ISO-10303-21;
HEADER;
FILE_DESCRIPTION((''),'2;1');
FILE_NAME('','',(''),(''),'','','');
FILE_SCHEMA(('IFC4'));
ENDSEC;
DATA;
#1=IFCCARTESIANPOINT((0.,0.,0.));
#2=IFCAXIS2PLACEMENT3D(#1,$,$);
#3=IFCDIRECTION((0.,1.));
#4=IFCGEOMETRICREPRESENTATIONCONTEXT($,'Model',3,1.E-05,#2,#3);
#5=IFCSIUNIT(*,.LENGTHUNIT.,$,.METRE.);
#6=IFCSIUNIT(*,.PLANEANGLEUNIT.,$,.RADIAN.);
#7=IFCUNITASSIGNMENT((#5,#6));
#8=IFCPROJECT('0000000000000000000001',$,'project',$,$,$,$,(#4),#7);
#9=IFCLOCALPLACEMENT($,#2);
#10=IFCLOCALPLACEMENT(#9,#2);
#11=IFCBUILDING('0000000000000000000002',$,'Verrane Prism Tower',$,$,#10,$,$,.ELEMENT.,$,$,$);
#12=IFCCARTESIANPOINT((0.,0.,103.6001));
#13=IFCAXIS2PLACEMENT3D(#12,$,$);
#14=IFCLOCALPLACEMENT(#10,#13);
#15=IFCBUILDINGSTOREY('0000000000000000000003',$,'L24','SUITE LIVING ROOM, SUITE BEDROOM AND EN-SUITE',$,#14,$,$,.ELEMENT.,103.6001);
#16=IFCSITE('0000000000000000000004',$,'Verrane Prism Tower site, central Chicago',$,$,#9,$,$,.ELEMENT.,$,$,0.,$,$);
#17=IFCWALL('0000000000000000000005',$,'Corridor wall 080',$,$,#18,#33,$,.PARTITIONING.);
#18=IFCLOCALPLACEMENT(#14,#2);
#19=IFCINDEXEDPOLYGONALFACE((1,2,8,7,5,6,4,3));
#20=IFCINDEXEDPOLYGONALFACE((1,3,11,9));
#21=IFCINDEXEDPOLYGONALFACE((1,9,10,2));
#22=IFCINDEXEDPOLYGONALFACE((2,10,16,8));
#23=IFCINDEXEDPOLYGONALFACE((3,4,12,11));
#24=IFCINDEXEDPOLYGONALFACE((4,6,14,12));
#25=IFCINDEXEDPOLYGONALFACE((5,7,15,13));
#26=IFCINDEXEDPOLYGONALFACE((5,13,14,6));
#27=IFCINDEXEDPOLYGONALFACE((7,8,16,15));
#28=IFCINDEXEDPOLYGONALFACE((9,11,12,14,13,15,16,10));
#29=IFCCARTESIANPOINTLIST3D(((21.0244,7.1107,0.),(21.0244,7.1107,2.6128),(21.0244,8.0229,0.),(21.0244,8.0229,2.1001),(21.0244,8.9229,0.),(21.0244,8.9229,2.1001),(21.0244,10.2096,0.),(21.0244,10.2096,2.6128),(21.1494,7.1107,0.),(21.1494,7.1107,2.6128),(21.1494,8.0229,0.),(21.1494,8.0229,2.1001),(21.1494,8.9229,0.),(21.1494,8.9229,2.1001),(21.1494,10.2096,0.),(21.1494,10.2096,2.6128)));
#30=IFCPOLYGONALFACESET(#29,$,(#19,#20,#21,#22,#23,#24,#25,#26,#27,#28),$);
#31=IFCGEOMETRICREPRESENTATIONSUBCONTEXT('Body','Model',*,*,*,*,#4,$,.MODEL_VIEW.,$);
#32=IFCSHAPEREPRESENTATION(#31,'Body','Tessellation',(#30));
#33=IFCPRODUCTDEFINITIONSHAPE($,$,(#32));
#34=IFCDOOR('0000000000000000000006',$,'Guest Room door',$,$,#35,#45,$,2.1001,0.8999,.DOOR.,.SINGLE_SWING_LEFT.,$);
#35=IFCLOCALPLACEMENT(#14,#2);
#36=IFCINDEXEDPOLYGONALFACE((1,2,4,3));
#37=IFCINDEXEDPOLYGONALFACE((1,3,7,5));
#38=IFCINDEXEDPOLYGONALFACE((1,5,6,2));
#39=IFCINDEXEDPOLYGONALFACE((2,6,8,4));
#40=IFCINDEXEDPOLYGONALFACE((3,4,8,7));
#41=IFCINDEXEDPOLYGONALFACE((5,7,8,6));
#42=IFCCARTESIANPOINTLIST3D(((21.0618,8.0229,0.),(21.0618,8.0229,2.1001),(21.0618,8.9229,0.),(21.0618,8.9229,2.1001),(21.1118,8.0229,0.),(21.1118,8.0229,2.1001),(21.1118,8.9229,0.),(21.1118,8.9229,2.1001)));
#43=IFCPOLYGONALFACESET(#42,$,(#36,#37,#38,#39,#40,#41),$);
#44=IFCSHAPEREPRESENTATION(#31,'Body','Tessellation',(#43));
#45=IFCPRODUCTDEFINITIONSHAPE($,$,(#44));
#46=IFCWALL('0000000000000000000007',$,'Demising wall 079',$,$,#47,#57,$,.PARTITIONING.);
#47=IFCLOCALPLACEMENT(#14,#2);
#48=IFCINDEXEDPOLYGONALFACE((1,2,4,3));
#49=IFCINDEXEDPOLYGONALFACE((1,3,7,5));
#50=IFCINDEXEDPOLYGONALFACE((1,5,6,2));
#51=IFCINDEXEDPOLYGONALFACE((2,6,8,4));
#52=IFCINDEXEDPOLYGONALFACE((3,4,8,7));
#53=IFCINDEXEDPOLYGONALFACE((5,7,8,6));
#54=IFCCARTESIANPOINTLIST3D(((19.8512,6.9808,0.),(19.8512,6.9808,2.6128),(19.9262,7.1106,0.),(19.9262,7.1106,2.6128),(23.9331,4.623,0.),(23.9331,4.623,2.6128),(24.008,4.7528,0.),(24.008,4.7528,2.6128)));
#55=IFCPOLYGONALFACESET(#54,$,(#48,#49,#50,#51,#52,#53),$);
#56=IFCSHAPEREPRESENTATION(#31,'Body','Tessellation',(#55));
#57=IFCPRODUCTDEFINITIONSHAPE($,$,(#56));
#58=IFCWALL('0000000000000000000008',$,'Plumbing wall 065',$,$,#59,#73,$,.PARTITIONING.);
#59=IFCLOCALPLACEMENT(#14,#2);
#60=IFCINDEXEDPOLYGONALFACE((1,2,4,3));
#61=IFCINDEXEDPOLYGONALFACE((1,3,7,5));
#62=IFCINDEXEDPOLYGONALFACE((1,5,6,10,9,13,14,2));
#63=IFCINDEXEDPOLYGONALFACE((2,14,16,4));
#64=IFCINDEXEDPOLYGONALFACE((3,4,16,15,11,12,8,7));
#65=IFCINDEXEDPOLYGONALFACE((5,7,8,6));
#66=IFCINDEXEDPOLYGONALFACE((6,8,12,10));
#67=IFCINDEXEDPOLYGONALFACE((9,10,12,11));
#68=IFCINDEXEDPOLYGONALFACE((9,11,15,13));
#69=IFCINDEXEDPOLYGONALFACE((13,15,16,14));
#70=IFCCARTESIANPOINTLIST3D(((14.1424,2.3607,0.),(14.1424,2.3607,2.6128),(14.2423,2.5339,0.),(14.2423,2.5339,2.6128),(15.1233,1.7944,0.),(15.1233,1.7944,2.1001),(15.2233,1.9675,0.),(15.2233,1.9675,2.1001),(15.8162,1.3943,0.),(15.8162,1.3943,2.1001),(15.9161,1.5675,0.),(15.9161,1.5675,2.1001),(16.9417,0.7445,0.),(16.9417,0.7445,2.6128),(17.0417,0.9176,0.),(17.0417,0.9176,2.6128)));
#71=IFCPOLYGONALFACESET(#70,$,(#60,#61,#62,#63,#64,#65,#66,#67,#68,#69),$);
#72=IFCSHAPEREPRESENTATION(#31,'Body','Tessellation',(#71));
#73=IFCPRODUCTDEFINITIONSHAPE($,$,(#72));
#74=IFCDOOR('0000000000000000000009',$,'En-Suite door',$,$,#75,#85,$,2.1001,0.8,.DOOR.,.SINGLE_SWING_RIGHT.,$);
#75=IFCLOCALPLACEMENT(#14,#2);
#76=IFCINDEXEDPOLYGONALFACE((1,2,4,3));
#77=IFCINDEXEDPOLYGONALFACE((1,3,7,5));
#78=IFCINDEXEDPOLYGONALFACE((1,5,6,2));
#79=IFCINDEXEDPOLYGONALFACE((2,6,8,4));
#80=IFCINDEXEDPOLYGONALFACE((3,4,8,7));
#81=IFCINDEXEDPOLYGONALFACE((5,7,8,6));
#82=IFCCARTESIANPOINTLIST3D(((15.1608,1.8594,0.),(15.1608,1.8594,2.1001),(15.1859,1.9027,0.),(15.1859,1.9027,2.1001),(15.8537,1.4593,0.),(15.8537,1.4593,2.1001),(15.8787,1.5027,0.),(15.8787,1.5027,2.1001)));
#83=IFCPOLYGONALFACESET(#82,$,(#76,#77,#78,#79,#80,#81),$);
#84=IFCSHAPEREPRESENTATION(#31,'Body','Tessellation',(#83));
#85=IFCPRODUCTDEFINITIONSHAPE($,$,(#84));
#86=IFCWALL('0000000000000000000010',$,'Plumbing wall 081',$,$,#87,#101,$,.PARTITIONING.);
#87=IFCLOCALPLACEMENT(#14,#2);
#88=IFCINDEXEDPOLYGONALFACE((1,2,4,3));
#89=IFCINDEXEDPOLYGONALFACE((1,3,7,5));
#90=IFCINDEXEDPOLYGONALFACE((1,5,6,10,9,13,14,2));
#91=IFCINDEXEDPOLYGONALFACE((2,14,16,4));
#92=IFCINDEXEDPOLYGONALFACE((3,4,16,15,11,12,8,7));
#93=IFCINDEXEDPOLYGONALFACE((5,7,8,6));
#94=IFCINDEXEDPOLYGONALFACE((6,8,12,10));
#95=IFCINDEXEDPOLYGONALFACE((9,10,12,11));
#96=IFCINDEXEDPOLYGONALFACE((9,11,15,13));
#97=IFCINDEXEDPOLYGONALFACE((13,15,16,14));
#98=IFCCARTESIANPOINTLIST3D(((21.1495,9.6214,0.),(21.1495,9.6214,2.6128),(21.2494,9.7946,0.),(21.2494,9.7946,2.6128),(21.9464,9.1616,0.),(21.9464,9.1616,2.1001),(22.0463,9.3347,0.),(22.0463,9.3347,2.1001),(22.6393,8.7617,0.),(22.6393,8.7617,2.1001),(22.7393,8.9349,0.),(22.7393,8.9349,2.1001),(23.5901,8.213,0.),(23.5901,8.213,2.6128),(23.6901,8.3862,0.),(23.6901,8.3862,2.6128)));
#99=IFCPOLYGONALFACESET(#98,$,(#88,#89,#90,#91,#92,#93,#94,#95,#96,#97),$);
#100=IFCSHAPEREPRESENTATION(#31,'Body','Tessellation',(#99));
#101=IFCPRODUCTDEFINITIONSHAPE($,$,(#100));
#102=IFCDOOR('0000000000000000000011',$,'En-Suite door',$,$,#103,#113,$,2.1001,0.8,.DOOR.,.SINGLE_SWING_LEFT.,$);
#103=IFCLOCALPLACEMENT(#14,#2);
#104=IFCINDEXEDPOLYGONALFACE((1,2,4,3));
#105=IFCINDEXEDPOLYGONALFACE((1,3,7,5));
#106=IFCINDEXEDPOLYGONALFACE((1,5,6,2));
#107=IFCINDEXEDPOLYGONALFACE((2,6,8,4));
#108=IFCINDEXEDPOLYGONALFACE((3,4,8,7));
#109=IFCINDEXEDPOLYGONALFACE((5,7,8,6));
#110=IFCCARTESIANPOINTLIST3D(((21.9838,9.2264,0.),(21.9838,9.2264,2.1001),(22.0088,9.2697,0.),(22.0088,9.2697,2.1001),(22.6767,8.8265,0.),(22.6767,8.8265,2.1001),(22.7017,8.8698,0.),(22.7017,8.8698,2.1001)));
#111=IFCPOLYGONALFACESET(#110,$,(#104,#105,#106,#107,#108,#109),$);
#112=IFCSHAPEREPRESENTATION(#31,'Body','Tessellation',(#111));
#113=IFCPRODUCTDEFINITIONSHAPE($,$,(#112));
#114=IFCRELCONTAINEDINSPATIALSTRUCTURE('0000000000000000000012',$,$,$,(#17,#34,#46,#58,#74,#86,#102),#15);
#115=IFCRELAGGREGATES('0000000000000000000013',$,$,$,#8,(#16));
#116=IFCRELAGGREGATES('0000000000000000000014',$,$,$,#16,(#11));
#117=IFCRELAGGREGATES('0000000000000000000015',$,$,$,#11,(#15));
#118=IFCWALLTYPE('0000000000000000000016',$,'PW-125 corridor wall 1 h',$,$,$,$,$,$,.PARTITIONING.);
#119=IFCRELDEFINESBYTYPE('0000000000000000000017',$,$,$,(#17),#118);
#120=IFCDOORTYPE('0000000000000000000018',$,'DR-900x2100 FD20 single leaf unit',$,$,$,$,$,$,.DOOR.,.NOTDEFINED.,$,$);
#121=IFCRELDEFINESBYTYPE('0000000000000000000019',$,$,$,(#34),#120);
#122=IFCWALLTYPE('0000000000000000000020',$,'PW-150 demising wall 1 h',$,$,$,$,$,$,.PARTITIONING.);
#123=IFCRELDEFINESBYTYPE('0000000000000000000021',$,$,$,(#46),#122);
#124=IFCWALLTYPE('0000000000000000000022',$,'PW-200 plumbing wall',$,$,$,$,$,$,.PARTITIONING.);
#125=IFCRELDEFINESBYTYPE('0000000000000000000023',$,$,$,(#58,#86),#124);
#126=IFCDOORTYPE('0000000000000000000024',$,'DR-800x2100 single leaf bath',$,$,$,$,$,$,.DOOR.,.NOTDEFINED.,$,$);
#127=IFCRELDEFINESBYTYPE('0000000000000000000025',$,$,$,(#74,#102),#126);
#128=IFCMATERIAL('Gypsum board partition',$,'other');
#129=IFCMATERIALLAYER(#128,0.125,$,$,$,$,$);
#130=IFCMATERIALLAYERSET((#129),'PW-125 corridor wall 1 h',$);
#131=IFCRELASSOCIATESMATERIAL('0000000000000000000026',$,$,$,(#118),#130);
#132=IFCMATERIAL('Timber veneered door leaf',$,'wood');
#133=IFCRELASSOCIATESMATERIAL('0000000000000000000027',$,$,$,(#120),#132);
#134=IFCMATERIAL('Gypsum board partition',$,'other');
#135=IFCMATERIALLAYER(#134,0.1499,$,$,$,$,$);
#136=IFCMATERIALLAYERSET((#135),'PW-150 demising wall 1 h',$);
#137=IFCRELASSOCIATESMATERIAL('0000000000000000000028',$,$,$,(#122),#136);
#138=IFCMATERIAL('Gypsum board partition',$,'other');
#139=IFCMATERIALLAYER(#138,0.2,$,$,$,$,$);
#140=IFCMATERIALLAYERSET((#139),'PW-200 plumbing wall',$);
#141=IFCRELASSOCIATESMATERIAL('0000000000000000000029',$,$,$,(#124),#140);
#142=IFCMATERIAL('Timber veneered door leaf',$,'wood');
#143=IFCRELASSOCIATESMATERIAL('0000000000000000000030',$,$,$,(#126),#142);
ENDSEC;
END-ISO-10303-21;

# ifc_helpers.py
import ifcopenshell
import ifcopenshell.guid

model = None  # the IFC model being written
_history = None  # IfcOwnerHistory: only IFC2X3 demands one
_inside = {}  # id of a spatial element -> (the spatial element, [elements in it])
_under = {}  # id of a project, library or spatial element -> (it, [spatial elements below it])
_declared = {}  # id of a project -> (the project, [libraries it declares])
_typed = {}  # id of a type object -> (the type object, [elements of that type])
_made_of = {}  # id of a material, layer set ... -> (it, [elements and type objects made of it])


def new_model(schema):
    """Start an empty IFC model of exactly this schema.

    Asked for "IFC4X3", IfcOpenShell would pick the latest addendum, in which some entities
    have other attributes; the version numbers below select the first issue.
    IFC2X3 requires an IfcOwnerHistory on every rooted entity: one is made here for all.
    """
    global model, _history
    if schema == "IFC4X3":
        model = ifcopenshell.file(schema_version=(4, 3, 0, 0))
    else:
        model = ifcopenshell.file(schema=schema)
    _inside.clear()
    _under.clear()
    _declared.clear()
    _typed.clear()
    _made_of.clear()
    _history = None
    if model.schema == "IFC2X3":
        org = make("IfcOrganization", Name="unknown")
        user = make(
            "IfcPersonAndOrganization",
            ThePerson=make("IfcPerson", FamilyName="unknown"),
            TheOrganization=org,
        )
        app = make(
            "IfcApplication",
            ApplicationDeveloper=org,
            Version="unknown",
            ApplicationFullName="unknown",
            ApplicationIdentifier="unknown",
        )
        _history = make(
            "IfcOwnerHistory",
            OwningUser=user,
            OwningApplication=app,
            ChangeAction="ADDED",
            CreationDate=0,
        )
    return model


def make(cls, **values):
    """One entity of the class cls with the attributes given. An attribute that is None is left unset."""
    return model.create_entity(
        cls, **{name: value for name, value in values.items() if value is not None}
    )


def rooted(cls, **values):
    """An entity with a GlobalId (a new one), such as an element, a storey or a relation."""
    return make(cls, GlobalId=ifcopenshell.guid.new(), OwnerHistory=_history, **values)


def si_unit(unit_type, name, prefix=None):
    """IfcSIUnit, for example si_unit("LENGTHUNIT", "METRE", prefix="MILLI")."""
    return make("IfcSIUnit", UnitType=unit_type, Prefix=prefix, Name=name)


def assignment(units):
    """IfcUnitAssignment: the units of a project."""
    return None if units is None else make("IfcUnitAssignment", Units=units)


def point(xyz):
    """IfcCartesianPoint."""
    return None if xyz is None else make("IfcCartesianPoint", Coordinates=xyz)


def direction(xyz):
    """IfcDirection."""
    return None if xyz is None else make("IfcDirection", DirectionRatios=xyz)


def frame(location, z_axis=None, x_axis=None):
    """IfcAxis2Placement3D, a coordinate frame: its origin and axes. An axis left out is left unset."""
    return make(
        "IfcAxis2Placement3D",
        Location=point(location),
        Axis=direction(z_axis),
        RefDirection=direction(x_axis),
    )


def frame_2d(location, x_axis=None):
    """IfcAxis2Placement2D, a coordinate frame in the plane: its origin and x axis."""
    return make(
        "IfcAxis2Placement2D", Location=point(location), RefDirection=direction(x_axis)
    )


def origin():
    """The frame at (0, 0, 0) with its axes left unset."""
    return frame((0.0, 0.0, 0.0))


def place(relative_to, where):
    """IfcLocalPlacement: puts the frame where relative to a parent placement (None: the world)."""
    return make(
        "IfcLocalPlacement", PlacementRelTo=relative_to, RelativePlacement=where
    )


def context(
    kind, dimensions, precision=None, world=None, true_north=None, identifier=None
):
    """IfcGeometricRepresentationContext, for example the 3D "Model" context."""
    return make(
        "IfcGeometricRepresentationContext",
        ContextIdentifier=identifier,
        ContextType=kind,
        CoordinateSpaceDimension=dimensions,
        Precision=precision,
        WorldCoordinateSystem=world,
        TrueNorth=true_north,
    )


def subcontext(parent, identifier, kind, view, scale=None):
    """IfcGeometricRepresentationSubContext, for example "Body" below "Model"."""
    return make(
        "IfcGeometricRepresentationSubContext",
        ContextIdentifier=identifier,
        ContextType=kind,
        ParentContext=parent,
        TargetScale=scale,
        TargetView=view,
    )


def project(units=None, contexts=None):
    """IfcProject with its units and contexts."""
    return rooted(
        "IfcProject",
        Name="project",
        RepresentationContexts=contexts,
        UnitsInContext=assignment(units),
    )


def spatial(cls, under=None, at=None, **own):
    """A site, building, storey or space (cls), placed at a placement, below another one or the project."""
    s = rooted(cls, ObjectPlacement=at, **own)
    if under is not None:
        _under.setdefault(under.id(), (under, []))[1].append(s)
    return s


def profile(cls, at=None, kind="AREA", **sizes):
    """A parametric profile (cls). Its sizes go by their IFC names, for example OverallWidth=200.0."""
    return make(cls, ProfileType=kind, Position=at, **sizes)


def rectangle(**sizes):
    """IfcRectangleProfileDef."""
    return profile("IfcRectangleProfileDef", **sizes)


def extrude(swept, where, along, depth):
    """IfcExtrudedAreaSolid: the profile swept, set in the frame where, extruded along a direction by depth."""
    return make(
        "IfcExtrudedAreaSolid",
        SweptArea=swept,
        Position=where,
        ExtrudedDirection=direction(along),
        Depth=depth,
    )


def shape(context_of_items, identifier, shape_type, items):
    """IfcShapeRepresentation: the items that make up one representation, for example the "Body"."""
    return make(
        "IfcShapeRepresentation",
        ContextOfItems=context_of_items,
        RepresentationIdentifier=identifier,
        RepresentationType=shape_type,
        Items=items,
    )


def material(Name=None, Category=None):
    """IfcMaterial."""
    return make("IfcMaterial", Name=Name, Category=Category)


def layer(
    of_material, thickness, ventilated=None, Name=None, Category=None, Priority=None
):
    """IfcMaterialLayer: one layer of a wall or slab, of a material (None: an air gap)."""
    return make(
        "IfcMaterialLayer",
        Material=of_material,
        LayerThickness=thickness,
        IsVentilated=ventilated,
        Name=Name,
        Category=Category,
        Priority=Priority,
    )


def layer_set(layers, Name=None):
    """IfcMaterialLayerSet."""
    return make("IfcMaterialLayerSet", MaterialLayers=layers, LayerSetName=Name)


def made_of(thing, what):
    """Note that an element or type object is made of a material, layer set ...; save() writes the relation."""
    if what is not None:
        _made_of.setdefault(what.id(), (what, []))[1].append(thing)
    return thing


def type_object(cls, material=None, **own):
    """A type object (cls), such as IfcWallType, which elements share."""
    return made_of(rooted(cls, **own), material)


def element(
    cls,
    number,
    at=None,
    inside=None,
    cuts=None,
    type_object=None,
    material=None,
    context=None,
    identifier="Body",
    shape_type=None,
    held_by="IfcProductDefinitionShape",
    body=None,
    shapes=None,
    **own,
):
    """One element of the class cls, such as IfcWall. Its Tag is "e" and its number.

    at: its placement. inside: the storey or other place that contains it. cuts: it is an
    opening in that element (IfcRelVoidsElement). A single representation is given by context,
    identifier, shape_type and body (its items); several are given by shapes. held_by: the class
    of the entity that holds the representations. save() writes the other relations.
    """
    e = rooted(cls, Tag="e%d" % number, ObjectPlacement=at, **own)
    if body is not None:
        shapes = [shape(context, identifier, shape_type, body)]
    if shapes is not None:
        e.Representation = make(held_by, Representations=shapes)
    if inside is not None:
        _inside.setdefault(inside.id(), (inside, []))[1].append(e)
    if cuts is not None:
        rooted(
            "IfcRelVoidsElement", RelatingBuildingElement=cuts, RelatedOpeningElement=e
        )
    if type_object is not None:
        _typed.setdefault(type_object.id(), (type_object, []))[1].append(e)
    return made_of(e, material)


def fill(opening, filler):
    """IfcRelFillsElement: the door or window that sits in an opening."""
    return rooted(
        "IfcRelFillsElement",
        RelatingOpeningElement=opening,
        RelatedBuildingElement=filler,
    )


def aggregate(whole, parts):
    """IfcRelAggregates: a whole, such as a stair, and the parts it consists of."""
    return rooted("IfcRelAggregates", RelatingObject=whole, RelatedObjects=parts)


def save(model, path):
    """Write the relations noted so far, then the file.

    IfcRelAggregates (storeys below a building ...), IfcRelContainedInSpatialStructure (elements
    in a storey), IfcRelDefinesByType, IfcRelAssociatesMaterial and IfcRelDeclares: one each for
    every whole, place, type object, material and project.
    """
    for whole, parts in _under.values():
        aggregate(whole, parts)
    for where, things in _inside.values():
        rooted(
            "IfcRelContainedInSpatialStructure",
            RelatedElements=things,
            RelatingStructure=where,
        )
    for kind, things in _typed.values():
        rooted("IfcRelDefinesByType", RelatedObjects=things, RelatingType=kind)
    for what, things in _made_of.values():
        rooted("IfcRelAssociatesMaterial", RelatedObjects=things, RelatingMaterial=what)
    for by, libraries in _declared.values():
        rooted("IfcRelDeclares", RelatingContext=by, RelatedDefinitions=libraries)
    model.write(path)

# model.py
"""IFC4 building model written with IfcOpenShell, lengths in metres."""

from ifc_helpers import new_model, si_unit, direction, frame, frame_2d, origin, place, context, subcontext, project, spatial, rectangle, extrude, material, layer, layer_set, type_object, element, fill, save


model = new_model("IFC4")

# Units and contexts
model_context = context("Model", 3, precision=1e-05, world=origin(), true_north=direction((0.0, 1.0)))
body_context = subcontext(model_context, "Body", "Model", "MODEL_VIEW")
ifc_project = project(units=[si_unit("LENGTHUNIT", "METRE"), si_unit("PLANEANGLEUNIT", "RADIAN")], contexts=[model_context])

# Site, building, storey
site_placement = place(None, origin())
site = spatial("IfcSite", under=ifc_project, at=site_placement, Name="Verrane Prism Tower site, central Chicago", CompositionType="ELEMENT", RefElevation=0.0)
building_placement = place(site_placement, origin())
building = spatial("IfcBuilding", under=site, at=building_placement, Name="Verrane Prism Tower", CompositionType="ELEMENT")
storey_placement = place(building_placement, frame((0.0, 0.0, 103.6001)))
storey = spatial("IfcBuildingStorey", under=building, at=storey_placement, Name="L24", Description="SUITE LIVING ROOM, SUITE BEDROOM AND EN-SUITE", CompositionType="ELEMENT", Elevation=103.6001)

# Shared definitions
ifc_material_1 = material(Name="Gypsum board partition", Category="other")
ifc_layer_1 = layer(ifc_material_1, 0.125)
ifc_layer_set_1 = layer_set([ifc_layer_1], Name="PW-125 corridor wall 1 h")
wall_type_1 = type_object("IfcWallType", Name="PW-125 corridor wall 1 h", PredefinedType="PARTITIONING", material=ifc_layer_set_1)

# Wall, opening, door
wall_1_placement = place(storey_placement, frame((21.0869, 10.2095, 0.0), z_axis=(0.0, 0.0, 1.0), x_axis=(0.0, -1.0, 0.0)))
wall_1 = element("IfcWall", 1, at=wall_1_placement, inside=storey, type_object=wall_type_1, Name="Corridor wall 080", PredefinedType="PARTITIONING", context=body_context, shape_type="SweptSolid", body=[
    extrude(rectangle(XDim=3.0989, YDim=0.125, at=frame_2d((1.5493, 0.0))), origin(), (0.0, 0.0, 1.0), 2.6128),
])
opening_1_placement = place(wall_1_placement, frame((1.2866, 0.0, 0.0)))
opening_1 = element("IfcOpeningElement", 2, at=opening_1_placement, cuts=wall_1, PredefinedType="OPENING", context=body_context, shape_type="SweptSolid", body=[
    extrude(rectangle(XDim=0.8999, YDim=2.1001, at=frame_2d((0.45, 1.05))), frame((0.0, 0.0725, 0.0), z_axis=(0.0, -1.0, 0.0), x_axis=(1.0, 0.0, 0.0)), (0.0, 0.0, 1.0), 0.145),
])
ifc_material_2 = material(Name="Timber veneered door leaf", Category="wood")
door_type_1 = type_object("IfcDoorType", Name="DR-900x2100 FD20 single leaf unit", OperationType="NOTDEFINED", PredefinedType="DOOR", material=ifc_material_2)
door_1_placement = place(opening_1_placement, origin())
door_1 = element("IfcDoor", 3, at=door_1_placement, inside=storey, type_object=door_type_1, Name="Guest Room door", OperationType="SINGLE_SWING_LEFT", OverallHeight=2.1001, OverallWidth=0.8999, PredefinedType="DOOR", context=body_context, shape_type="SweptSolid", body=[
    extrude(rectangle(XDim=0.8999, YDim=2.1001, at=frame_2d((0.45, 1.05))), frame((0.0, 0.0249, 0.0), z_axis=(0.0, -1.0, 0.0), x_axis=(1.0, 0.0, 0.0)), (0.0, 0.0, 1.0), 0.05),
])
fill(opening_1, door_1)

# Wall
ifc_material_3 = material(Name="Gypsum board partition", Category="other")
ifc_layer_2 = layer(ifc_material_3, 0.1499)
ifc_layer_set_2 = layer_set([ifc_layer_2], Name="PW-150 demising wall 1 h")
wall_type_2 = type_object("IfcWallType", Name="PW-150 demising wall 1 h", PredefinedType="PARTITIONING", material=ifc_layer_set_2)
wall_2_placement = place(storey_placement, frame((19.8887, 7.0457, 0.0), z_axis=(0.0, 0.0, 1.0), x_axis=(0.865929, -0.500166, 0.0)))
element("IfcWall", 4, at=wall_2_placement, inside=storey, type_object=wall_type_2, Name="Demising wall 079", PredefinedType="PARTITIONING", context=body_context, shape_type="SweptSolid", body=[
    extrude(rectangle(XDim=4.7139, YDim=0.1499, at=frame_2d((2.3569, 0.0))), origin(), (0.0, 0.0, 1.0), 2.6128),
])

# Walls, openings, doors
ifc_material_4 = material(Name="Gypsum board partition", Category="other")
ifc_layer_3 = layer(ifc_material_4, 0.2)
ifc_layer_set_3 = layer_set([ifc_layer_3], Name="PW-200 plumbing wall")
wall_type_3 = type_object("IfcWallType", Name="PW-200 plumbing wall", PredefinedType="PARTITIONING", material=ifc_layer_set_3)
wall_3_placement = place(storey_placement, frame((16.9917, 0.8311, 0.0), z_axis=(0.0, 0.0, 1.0), x_axis=(-0.866022, 0.500006, 0.0)))
wall_3 = element("IfcWall", 5, at=wall_3_placement, inside=storey, type_object=wall_type_3, Name="Plumbing wall 065", PredefinedType="PARTITIONING", context=body_context, shape_type="SweptSolid", body=[
    extrude(rectangle(XDim=3.2324, YDim=0.2, at=frame_2d((1.6162, 0.0))), origin(), (0.0, 0.0, 1.0), 2.6128),
])
opening_2_placement = place(wall_3_placement, frame((1.2998, 0.0, 0.0)))
opening_2 = element("IfcOpeningElement", 6, at=opening_2_placement, cuts=wall_3, PredefinedType="OPENING", context=body_context, shape_type="SweptSolid", body=[
    extrude(rectangle(XDim=0.8, YDim=2.1001, at=frame_2d((0.3999, 1.05))), frame((0.0, 0.1099, 0.0), z_axis=(0.0, -1.0, 0.0), x_axis=(1.0, 0.0, 0.0)), (0.0, 0.0, 1.0), 0.22),
])
ifc_material_5 = material(Name="Timber veneered door leaf", Category="wood")
door_type_2 = type_object("IfcDoorType", Name="DR-800x2100 single leaf bath", OperationType="NOTDEFINED", PredefinedType="DOOR", material=ifc_material_5)
door_2_placement = place(opening_2_placement, origin())
door_2 = element("IfcDoor", 7, at=door_2_placement, inside=storey, type_object=door_type_2, Name="En-Suite door", OperationType="SINGLE_SWING_RIGHT", OverallHeight=2.1001, OverallWidth=0.8, PredefinedType="DOOR", context=body_context, shape_type="SweptSolid", body=[
    extrude(rectangle(XDim=0.8, YDim=2.1001, at=frame_2d((0.3999, 1.05))), frame((0.0, 0.0249, 0.0), z_axis=(0.0, -1.0, 0.0), x_axis=(1.0, 0.0, 0.0)), (0.0, 0.0, 1.0), 0.05),
])
fill(opening_2, door_2)
wall_4_placement = place(storey_placement, frame((21.1995, 9.708, 0.0), z_axis=(0.0, 0.0, 1.0), x_axis=(0.866129, -0.49982, 0.0)))
wall_4 = element("IfcWall", 8, at=wall_4_placement, inside=storey, type_object=wall_type_3, Name="Plumbing wall 081", PredefinedType="PARTITIONING", context=body_context, shape_type="SweptSolid", body=[
    extrude(rectangle(XDim=2.8179, YDim=0.2, at=frame_2d((1.4089, 0.0))), origin(), (0.0, 0.0, 1.0), 2.6128),
])
opening_3_placement = place(wall_4_placement, frame((0.9202, 0.0, 0.0)))
opening_3 = element("IfcOpeningElement", 9, at=opening_3_placement, cuts=wall_4, PredefinedType="OPENING", context=body_context, shape_type="SweptSolid", body=[
    extrude(rectangle(XDim=0.8, YDim=2.1001, at=frame_2d((0.3999, 1.05))), frame((0.0, 0.1099, 0.0), z_axis=(0.0, -1.0, 0.0), x_axis=(1.0, 0.0, 0.0)), (0.0, 0.0, 1.0), 0.22),
])
door_3_placement = place(opening_3_placement, origin())
door_3 = element("IfcDoor", 10, at=door_3_placement, inside=storey, type_object=door_type_2, Name="En-Suite door", OperationType="SINGLE_SWING_LEFT", OverallHeight=2.1001, OverallWidth=0.8, PredefinedType="DOOR", context=body_context, shape_type="SweptSolid", body=[
    extrude(rectangle(XDim=0.8, YDim=2.1001, at=frame_2d((0.3999, 1.05))), frame((0.0, 0.0249, 0.0), z_axis=(0.0, -1.0, 0.0), x_axis=(1.0, 0.0, 0.0)), (0.0, 0.0, 1.0), 0.05),
])
fill(opening_3, door_3)

save(model, "model.ifc")
